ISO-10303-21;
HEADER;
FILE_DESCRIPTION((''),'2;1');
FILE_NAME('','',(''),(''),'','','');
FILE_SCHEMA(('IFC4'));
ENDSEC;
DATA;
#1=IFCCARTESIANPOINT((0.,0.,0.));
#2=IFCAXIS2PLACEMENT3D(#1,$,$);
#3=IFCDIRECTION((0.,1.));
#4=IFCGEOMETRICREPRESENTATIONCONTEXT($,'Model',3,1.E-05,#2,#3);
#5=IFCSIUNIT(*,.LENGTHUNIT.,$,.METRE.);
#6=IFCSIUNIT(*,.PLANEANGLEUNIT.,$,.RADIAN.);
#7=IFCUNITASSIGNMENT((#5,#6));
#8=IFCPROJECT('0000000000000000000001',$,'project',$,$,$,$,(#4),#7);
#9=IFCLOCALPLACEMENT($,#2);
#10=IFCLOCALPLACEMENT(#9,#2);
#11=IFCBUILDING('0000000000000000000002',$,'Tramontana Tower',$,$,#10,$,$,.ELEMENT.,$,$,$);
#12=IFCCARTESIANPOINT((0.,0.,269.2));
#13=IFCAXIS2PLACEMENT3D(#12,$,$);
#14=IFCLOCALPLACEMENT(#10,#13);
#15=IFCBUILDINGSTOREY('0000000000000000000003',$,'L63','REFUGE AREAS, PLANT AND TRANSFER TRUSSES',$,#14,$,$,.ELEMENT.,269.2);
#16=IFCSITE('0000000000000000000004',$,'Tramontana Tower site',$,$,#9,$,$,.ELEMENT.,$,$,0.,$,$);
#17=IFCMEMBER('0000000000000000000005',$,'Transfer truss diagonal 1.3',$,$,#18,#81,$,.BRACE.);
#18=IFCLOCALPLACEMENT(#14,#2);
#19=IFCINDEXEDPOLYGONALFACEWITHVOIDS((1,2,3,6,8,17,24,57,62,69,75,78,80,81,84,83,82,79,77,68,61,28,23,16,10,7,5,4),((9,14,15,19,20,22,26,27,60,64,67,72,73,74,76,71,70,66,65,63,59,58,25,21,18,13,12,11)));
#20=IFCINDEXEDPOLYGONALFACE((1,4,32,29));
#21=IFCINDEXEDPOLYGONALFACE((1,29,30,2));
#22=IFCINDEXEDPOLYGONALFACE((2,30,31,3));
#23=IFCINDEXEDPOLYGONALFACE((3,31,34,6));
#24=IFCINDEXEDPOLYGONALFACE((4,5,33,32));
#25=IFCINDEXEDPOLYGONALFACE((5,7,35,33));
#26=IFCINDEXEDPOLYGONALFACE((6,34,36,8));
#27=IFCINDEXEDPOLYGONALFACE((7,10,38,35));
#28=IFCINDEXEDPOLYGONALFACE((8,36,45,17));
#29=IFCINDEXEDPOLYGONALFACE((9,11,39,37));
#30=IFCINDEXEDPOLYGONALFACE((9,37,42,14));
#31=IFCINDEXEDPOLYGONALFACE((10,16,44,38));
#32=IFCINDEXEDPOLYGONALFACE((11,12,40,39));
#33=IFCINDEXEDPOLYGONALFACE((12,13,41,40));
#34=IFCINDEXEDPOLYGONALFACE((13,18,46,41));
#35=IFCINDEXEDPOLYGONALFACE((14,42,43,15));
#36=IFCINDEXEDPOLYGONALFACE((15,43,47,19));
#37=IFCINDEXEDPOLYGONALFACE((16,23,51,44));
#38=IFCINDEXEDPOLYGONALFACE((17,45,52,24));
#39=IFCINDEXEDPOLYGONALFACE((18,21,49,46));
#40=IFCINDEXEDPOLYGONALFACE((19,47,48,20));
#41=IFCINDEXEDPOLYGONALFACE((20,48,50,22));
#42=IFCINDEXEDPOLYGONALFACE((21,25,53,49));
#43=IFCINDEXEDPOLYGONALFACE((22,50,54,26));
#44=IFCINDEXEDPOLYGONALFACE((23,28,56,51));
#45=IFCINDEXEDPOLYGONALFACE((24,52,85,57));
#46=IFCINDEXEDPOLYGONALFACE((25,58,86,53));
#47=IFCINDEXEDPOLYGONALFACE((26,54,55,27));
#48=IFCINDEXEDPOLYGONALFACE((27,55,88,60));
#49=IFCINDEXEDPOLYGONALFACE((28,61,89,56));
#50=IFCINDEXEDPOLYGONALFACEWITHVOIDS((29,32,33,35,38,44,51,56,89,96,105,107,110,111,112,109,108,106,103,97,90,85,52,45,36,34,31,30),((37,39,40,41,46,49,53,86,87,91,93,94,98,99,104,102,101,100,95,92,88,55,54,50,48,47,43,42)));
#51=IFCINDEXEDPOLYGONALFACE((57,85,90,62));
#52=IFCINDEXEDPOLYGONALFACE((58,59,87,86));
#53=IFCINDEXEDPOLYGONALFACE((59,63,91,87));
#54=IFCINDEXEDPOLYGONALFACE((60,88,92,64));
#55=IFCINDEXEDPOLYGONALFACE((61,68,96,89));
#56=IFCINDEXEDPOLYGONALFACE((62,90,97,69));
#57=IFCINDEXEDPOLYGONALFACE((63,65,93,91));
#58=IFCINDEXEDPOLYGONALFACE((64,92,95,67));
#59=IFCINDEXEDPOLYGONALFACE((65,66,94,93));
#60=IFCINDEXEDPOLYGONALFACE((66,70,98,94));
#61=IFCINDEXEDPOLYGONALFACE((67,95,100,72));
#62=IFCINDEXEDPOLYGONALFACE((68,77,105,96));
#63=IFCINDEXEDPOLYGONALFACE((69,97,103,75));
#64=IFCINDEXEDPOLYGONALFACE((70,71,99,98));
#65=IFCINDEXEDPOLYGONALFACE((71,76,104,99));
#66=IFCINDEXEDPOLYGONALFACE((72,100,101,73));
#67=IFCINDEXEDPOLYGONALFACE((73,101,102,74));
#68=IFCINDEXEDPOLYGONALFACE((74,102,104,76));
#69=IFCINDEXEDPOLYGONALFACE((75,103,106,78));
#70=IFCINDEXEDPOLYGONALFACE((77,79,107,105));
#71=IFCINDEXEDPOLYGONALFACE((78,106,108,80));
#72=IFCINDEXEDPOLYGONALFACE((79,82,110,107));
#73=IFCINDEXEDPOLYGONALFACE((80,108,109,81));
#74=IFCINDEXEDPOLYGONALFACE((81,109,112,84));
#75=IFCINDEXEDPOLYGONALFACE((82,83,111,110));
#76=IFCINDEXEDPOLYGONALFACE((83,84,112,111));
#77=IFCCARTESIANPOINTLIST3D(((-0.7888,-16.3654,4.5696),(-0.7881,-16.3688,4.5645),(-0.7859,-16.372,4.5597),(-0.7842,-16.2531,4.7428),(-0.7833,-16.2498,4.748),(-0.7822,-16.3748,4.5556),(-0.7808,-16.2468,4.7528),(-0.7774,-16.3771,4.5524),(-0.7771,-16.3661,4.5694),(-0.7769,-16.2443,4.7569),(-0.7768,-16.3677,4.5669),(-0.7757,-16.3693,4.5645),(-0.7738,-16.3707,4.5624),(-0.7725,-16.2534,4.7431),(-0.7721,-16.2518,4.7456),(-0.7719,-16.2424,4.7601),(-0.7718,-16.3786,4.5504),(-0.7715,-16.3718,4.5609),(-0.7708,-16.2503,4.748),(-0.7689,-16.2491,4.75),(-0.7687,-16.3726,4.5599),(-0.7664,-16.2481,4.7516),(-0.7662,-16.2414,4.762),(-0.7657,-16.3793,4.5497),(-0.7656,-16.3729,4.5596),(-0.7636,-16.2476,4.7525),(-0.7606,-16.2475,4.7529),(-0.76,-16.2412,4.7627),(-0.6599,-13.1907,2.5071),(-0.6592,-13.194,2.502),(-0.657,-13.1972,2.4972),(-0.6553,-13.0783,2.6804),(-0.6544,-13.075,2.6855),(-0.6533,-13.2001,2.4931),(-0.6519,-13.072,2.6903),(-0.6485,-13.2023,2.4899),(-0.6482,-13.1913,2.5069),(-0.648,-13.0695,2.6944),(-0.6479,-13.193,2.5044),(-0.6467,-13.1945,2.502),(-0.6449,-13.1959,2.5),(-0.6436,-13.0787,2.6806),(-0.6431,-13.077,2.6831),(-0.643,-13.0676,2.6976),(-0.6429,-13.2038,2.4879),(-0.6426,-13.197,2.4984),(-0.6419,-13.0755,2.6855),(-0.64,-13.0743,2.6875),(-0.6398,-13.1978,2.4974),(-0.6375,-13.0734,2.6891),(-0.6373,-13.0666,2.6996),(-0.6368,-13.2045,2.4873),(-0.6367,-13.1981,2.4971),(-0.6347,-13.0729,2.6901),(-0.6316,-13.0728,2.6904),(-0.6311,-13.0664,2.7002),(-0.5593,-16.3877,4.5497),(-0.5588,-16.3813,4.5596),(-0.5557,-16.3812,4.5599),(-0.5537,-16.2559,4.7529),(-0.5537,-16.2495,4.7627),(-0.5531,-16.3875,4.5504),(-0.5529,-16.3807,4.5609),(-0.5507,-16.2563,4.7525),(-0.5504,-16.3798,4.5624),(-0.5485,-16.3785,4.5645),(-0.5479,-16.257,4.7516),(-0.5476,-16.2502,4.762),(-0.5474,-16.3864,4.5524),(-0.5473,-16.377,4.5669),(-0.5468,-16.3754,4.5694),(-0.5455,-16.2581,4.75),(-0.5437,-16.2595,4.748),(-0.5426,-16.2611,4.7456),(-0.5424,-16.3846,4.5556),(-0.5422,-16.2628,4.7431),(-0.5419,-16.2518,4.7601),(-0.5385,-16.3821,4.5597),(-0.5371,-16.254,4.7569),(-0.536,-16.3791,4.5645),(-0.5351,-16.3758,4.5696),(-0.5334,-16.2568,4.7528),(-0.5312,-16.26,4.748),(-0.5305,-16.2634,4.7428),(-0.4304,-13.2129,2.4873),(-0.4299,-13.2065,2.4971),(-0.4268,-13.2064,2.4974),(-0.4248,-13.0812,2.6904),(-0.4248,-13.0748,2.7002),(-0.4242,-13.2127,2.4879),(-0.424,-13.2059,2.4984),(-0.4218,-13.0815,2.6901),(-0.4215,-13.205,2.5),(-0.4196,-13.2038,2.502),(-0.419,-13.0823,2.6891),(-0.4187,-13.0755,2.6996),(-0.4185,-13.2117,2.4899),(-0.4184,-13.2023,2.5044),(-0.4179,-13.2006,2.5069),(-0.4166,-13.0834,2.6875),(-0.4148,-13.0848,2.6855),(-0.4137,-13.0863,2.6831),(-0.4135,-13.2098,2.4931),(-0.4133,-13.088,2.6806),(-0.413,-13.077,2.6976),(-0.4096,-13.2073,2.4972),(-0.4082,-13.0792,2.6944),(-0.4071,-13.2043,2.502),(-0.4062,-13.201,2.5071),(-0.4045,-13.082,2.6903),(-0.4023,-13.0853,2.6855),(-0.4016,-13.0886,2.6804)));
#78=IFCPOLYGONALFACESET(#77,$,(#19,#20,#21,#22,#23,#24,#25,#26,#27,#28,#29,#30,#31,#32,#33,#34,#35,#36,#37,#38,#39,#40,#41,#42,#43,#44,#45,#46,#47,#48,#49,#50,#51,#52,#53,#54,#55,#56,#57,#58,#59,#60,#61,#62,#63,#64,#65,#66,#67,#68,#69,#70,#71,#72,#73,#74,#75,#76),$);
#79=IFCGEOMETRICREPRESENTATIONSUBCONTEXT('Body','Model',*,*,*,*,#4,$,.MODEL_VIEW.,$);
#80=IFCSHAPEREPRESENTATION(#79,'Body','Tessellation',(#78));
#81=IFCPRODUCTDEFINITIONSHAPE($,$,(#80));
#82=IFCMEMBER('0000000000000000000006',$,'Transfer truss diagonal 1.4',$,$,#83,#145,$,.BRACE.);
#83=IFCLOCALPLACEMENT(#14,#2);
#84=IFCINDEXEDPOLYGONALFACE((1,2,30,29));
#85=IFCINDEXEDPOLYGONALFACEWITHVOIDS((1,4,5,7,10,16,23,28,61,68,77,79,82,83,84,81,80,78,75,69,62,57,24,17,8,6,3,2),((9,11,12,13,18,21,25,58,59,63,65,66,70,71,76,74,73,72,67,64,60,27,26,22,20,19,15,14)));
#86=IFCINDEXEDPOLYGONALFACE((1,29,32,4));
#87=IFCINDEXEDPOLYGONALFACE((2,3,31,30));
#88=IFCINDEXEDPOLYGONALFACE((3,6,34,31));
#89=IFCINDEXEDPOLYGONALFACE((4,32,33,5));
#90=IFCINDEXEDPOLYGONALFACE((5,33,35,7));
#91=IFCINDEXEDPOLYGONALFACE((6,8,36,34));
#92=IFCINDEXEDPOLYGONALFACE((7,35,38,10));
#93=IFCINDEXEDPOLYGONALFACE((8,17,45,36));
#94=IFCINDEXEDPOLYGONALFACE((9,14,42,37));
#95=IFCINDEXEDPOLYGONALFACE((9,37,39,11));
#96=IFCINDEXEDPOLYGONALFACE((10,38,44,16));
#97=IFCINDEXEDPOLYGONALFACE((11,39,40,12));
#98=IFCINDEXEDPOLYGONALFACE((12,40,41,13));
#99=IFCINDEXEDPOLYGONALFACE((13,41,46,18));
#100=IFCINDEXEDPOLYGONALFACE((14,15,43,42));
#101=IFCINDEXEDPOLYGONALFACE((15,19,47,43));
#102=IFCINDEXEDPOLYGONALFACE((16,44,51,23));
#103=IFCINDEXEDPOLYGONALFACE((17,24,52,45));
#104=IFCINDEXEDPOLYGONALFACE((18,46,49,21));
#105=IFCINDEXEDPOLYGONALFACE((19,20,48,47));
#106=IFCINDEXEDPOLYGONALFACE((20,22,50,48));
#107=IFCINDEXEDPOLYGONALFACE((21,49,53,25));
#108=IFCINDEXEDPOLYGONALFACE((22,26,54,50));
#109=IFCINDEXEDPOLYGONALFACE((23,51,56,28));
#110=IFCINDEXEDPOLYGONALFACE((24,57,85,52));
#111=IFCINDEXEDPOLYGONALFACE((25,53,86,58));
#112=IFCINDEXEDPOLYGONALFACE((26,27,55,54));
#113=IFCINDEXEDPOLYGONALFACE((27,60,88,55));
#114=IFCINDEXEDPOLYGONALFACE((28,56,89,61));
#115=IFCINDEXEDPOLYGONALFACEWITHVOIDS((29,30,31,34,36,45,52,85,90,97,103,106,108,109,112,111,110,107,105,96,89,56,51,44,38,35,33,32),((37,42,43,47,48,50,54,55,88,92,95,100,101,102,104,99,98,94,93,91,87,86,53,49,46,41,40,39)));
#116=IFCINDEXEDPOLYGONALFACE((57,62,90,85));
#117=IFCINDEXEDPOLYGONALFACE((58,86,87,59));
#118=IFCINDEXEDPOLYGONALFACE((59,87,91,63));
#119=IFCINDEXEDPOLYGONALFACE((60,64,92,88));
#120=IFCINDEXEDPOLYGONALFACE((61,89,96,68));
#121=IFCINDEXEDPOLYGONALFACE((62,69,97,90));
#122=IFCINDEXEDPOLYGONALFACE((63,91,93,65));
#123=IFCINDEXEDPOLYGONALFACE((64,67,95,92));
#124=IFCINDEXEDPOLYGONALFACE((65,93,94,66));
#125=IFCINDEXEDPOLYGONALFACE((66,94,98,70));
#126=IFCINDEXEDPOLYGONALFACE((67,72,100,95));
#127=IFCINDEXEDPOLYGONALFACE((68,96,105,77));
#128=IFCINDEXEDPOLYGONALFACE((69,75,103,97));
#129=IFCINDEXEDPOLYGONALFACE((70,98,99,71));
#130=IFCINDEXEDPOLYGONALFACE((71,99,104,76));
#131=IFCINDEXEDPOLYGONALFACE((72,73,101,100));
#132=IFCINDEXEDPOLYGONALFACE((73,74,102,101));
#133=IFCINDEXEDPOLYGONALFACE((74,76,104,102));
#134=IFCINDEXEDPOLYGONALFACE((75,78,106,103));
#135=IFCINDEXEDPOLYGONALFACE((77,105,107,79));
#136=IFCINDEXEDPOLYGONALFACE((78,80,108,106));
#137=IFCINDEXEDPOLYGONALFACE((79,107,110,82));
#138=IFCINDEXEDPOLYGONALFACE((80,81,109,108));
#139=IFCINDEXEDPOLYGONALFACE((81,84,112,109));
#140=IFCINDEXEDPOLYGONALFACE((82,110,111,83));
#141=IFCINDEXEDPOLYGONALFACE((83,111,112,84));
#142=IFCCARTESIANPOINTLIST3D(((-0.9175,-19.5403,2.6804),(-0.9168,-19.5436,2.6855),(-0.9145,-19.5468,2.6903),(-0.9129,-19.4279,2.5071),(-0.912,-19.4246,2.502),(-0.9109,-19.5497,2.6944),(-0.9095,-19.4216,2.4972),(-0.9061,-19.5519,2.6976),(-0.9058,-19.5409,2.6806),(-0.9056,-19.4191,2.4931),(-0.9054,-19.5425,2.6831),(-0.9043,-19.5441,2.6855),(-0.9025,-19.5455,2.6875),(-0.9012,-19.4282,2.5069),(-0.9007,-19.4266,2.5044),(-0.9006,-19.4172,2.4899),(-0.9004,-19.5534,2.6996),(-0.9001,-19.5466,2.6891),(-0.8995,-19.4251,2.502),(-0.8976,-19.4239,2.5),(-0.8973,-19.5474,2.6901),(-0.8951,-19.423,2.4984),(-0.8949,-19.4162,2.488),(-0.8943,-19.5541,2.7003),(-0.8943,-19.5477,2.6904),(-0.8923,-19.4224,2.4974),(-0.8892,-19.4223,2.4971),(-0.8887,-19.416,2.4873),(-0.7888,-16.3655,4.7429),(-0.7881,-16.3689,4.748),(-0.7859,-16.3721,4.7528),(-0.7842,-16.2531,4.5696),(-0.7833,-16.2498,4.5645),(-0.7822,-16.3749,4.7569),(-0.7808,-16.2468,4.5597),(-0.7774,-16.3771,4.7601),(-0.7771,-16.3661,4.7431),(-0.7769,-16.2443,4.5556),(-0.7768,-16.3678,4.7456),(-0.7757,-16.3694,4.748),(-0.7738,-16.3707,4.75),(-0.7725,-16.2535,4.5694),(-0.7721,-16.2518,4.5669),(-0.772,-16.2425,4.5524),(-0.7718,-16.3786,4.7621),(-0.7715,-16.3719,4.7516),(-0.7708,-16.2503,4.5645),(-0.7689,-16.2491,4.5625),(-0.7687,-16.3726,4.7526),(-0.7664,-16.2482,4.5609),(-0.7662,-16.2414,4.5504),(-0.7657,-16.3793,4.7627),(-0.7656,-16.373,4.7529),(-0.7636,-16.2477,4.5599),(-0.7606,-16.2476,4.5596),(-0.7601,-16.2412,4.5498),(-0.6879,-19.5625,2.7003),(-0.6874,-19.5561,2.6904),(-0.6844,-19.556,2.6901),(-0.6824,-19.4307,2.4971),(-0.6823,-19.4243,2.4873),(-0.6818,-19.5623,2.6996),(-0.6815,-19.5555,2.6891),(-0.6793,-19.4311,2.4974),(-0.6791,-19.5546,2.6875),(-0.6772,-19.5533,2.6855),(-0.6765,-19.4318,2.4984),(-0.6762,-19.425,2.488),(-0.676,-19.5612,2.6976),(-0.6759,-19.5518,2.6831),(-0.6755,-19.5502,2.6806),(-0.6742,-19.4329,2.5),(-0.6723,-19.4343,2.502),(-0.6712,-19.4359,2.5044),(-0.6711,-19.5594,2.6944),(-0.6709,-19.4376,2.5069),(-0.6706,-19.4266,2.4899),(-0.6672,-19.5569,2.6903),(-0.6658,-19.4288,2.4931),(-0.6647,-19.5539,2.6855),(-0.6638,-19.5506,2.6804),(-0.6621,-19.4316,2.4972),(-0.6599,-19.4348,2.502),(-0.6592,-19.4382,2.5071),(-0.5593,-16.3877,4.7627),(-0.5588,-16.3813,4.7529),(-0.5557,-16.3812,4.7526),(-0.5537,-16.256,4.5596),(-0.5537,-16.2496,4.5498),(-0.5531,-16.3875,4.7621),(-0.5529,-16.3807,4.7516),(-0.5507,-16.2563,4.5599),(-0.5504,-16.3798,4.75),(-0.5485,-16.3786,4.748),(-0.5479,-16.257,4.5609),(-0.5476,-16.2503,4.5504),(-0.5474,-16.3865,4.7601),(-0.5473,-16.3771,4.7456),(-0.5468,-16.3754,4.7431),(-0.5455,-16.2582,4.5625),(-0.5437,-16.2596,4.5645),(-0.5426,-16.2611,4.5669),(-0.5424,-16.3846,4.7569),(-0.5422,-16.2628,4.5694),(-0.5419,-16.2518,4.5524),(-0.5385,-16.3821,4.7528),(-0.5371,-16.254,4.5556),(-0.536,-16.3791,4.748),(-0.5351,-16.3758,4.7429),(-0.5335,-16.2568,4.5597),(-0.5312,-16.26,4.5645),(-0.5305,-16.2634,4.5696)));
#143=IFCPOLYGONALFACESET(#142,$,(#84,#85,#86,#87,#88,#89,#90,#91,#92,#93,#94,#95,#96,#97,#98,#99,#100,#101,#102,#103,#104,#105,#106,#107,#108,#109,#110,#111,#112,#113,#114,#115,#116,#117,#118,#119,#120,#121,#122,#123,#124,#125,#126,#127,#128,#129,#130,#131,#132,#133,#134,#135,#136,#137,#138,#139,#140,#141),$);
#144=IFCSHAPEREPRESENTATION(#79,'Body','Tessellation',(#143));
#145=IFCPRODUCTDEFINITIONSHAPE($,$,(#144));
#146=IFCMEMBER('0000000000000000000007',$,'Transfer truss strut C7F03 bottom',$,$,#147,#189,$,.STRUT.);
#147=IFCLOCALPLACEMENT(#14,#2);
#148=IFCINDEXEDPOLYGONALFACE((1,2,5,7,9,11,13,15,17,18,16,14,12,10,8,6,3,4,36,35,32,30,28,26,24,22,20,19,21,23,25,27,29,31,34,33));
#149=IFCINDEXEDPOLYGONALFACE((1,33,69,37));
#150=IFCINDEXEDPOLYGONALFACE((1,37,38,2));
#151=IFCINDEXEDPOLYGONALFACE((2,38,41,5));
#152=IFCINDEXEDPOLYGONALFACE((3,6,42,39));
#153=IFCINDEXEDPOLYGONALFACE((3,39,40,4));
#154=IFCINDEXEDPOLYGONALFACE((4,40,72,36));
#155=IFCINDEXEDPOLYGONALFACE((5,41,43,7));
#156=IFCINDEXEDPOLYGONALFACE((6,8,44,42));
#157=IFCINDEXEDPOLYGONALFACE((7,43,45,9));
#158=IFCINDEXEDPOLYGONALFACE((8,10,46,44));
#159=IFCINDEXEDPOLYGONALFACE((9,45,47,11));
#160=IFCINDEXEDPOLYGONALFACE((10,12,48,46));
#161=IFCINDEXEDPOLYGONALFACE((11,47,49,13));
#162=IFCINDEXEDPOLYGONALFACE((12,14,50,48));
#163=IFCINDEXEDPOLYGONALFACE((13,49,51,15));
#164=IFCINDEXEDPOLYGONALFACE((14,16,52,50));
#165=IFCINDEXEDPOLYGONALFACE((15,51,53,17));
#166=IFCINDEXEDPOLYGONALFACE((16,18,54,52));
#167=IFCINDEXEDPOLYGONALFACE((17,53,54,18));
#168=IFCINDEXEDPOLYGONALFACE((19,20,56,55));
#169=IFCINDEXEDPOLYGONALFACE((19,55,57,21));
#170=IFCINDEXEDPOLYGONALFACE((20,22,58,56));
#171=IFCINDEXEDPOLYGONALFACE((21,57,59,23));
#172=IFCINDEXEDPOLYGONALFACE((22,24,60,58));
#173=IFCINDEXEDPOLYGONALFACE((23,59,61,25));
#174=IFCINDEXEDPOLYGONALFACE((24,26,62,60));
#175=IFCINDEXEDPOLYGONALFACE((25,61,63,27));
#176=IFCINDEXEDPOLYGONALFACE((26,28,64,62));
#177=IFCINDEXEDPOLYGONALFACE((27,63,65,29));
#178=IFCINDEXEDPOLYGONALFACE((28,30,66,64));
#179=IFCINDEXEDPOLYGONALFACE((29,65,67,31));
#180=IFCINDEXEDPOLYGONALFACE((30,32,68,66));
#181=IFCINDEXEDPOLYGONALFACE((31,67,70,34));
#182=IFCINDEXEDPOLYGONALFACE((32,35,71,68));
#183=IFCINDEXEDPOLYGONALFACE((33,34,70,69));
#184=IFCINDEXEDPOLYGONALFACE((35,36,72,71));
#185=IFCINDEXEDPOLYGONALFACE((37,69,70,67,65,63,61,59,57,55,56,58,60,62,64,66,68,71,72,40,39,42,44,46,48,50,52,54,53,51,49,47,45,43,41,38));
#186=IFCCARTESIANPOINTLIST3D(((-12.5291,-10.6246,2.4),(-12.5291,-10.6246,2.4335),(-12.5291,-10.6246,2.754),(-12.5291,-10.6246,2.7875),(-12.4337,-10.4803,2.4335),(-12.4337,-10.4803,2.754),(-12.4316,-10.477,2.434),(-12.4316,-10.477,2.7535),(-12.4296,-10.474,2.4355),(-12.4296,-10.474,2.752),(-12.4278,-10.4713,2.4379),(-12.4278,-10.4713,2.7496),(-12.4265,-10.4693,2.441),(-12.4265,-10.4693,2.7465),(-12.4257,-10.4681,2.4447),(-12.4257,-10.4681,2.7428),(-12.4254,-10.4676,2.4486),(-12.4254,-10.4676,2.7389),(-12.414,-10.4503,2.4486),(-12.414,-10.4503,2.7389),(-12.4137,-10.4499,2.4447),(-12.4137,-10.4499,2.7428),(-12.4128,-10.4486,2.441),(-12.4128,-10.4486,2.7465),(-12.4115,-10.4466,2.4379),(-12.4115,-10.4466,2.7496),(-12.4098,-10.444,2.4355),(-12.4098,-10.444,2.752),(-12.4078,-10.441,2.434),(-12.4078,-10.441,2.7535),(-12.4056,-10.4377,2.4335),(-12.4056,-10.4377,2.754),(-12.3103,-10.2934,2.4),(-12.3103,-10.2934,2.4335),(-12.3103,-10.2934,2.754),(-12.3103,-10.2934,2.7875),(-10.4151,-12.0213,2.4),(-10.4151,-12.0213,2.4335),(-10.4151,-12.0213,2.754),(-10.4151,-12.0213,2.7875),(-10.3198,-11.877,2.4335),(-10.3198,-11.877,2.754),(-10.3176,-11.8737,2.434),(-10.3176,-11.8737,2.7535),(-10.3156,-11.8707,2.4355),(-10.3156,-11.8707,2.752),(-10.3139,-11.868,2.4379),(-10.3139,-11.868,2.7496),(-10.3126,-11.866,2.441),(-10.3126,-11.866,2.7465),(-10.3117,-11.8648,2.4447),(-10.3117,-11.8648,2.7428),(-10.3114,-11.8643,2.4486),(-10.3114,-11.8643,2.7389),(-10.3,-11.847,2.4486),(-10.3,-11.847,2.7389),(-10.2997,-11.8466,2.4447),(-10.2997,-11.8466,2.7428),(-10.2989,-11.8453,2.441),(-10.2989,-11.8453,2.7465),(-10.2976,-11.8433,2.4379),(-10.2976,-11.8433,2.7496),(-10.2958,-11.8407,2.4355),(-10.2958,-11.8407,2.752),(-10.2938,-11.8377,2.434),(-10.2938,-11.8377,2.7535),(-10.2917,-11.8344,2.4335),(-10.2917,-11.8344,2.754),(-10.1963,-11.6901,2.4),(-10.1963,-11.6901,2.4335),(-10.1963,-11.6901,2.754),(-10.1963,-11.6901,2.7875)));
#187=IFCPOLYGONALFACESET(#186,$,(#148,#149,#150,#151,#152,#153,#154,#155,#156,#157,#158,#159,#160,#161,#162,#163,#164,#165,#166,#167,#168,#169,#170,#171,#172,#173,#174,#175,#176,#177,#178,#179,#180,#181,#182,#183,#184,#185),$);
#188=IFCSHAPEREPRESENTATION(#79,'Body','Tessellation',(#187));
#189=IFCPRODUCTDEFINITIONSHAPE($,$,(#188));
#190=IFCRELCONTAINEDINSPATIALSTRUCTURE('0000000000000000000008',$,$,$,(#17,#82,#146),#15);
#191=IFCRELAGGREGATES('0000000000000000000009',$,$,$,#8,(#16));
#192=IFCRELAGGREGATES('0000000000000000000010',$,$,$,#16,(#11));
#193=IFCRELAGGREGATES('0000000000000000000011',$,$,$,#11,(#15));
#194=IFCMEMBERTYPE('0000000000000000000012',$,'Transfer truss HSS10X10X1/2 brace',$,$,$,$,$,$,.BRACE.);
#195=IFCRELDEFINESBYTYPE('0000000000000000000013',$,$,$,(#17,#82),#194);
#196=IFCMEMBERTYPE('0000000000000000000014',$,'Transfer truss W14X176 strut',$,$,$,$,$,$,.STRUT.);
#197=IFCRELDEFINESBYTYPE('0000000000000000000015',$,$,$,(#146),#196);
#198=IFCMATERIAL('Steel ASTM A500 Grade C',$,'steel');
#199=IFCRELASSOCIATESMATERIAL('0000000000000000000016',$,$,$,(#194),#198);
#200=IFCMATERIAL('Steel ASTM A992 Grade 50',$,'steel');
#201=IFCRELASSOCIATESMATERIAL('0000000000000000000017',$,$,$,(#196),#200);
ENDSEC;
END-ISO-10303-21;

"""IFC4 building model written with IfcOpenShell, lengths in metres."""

from ifc_helpers import new_model, si_unit, direction, frame, origin, origin_2d, place, context, subcontext, project, spatial, hollow_rectangle, i_section, extrude, material, material_profile, profile_set, type_object, element, save


model = new_model("IFC4")

# Units and contexts
model_context = context("Model", 3, precision=1e-05, world=origin(), true_north=direction((0.0, 1.0)))
body_context = subcontext(model_context, "Body", "Model", "MODEL_VIEW")
ifc_project = project(units=[si_unit("LENGTHUNIT", "METRE"), si_unit("PLANEANGLEUNIT", "RADIAN")], contexts=[model_context])

# Site, building, storey
site_placement = place(None, origin())
site = spatial("IfcSite", under=ifc_project, at=site_placement, Name="Tramontana Tower site", CompositionType="ELEMENT", RefElevation=0.0)
building_placement = place(site_placement, origin())
building = spatial("IfcBuilding", under=site, at=building_placement, Name="Tramontana Tower", CompositionType="ELEMENT")
storey_placement = place(building_placement, frame((0.0, 0.0, 269.2)))
storey = spatial("IfcBuildingStorey", under=building, at=storey_placement, Name="L63", Description="REFUGE AREAS, PLANT AND TRANSFER TRUSSES", CompositionType="ELEMENT", Elevation=269.2)

# Members
ifc_material_1 = material(Name="Steel ASTM A500 Grade C", Category="steel")
ifc_material_profile_1 = material_profile(ifc_material_1, hollow_rectangle(XDim=0.2539, YDim=0.2539, WallThickness=0.0117, InnerFilletRadius=0.0117, OuterFilletRadius=0.0237, at=origin_2d()), Name="HSS10X10X1/2")
ifc_profile_set_1 = profile_set([ifc_material_profile_1], Name="Steel ASTM A500 Grade C")
member_type_1 = type_object("IfcMemberType", Name="Transfer truss HSS10X10X1/2 brace", PredefinedType="BRACE", material=ifc_profile_set_1)
for number, where, z_axis, x_axis, name in (
    (1, (-0.5308, -13.1396, 2.5938), (-0.034029, -0.838093, 0.544464), (0.999177, -0.040569, 0.0), "Transfer truss diagonal 1.3"),
    (2, (-0.6597, -16.3145, 4.6562), (-0.033965, -0.838095, -0.544465), (0.99918, -0.040493, 0.0), "Transfer truss diagonal 1.4"),
):
    element("IfcMember", number, at=place(storey_placement, frame(where, z_axis=z_axis, x_axis=x_axis)), inside=storey, type_object=member_type_1, Name=name, PredefinedType="BRACE", context=body_context, shape_type="SweptSolid", body=[
        extrude(hollow_rectangle(XDim=0.2539, YDim=0.2539, WallThickness=0.0117, InnerFilletRadius=0.0117, OuterFilletRadius=0.0237, at=origin_2d()), origin(), (0.0, 0.0, 1.0), 3.7881),
    ])
ifc_material_2 = material(Name="Steel ASTM A992 Grade 50", Category="steel")
ifc_material_profile_2 = material_profile(ifc_material_2, i_section(OverallWidth=0.397, OverallDepth=0.3875, WebThickness=0.0208, FlangeThickness=0.0334, FilletRadius=0.0151, at=origin_2d()), Name="W14X176")
ifc_profile_set_2 = profile_set([ifc_material_profile_2], Name="Steel ASTM A992 Grade 50")
member_type_2 = type_object("IfcMemberType", Name="Transfer truss W14X176 strut", PredefinedType="STRUT", material=ifc_profile_set_2)
member_1_placement = place(storey_placement, frame((-12.4197, -10.459, 2.5938), z_axis=(0.834341, -0.551249, 0.0), x_axis=(0.551249, 0.834341, 0.0)))
element("IfcMember", 3, at=member_1_placement, inside=storey, type_object=member_type_2, Name="Transfer truss strut C7F03 bottom", PredefinedType="STRUT", context=body_context, shape_type="SweptSolid", body=[
    extrude(i_section(OverallWidth=0.397, OverallDepth=0.3875, WebThickness=0.0208, FlangeThickness=0.0334, FilletRadius=0.0151, at=origin_2d()), origin(), (0.0, 0.0, 1.0), 2.5337),
])

save(model, "model.ifc")
